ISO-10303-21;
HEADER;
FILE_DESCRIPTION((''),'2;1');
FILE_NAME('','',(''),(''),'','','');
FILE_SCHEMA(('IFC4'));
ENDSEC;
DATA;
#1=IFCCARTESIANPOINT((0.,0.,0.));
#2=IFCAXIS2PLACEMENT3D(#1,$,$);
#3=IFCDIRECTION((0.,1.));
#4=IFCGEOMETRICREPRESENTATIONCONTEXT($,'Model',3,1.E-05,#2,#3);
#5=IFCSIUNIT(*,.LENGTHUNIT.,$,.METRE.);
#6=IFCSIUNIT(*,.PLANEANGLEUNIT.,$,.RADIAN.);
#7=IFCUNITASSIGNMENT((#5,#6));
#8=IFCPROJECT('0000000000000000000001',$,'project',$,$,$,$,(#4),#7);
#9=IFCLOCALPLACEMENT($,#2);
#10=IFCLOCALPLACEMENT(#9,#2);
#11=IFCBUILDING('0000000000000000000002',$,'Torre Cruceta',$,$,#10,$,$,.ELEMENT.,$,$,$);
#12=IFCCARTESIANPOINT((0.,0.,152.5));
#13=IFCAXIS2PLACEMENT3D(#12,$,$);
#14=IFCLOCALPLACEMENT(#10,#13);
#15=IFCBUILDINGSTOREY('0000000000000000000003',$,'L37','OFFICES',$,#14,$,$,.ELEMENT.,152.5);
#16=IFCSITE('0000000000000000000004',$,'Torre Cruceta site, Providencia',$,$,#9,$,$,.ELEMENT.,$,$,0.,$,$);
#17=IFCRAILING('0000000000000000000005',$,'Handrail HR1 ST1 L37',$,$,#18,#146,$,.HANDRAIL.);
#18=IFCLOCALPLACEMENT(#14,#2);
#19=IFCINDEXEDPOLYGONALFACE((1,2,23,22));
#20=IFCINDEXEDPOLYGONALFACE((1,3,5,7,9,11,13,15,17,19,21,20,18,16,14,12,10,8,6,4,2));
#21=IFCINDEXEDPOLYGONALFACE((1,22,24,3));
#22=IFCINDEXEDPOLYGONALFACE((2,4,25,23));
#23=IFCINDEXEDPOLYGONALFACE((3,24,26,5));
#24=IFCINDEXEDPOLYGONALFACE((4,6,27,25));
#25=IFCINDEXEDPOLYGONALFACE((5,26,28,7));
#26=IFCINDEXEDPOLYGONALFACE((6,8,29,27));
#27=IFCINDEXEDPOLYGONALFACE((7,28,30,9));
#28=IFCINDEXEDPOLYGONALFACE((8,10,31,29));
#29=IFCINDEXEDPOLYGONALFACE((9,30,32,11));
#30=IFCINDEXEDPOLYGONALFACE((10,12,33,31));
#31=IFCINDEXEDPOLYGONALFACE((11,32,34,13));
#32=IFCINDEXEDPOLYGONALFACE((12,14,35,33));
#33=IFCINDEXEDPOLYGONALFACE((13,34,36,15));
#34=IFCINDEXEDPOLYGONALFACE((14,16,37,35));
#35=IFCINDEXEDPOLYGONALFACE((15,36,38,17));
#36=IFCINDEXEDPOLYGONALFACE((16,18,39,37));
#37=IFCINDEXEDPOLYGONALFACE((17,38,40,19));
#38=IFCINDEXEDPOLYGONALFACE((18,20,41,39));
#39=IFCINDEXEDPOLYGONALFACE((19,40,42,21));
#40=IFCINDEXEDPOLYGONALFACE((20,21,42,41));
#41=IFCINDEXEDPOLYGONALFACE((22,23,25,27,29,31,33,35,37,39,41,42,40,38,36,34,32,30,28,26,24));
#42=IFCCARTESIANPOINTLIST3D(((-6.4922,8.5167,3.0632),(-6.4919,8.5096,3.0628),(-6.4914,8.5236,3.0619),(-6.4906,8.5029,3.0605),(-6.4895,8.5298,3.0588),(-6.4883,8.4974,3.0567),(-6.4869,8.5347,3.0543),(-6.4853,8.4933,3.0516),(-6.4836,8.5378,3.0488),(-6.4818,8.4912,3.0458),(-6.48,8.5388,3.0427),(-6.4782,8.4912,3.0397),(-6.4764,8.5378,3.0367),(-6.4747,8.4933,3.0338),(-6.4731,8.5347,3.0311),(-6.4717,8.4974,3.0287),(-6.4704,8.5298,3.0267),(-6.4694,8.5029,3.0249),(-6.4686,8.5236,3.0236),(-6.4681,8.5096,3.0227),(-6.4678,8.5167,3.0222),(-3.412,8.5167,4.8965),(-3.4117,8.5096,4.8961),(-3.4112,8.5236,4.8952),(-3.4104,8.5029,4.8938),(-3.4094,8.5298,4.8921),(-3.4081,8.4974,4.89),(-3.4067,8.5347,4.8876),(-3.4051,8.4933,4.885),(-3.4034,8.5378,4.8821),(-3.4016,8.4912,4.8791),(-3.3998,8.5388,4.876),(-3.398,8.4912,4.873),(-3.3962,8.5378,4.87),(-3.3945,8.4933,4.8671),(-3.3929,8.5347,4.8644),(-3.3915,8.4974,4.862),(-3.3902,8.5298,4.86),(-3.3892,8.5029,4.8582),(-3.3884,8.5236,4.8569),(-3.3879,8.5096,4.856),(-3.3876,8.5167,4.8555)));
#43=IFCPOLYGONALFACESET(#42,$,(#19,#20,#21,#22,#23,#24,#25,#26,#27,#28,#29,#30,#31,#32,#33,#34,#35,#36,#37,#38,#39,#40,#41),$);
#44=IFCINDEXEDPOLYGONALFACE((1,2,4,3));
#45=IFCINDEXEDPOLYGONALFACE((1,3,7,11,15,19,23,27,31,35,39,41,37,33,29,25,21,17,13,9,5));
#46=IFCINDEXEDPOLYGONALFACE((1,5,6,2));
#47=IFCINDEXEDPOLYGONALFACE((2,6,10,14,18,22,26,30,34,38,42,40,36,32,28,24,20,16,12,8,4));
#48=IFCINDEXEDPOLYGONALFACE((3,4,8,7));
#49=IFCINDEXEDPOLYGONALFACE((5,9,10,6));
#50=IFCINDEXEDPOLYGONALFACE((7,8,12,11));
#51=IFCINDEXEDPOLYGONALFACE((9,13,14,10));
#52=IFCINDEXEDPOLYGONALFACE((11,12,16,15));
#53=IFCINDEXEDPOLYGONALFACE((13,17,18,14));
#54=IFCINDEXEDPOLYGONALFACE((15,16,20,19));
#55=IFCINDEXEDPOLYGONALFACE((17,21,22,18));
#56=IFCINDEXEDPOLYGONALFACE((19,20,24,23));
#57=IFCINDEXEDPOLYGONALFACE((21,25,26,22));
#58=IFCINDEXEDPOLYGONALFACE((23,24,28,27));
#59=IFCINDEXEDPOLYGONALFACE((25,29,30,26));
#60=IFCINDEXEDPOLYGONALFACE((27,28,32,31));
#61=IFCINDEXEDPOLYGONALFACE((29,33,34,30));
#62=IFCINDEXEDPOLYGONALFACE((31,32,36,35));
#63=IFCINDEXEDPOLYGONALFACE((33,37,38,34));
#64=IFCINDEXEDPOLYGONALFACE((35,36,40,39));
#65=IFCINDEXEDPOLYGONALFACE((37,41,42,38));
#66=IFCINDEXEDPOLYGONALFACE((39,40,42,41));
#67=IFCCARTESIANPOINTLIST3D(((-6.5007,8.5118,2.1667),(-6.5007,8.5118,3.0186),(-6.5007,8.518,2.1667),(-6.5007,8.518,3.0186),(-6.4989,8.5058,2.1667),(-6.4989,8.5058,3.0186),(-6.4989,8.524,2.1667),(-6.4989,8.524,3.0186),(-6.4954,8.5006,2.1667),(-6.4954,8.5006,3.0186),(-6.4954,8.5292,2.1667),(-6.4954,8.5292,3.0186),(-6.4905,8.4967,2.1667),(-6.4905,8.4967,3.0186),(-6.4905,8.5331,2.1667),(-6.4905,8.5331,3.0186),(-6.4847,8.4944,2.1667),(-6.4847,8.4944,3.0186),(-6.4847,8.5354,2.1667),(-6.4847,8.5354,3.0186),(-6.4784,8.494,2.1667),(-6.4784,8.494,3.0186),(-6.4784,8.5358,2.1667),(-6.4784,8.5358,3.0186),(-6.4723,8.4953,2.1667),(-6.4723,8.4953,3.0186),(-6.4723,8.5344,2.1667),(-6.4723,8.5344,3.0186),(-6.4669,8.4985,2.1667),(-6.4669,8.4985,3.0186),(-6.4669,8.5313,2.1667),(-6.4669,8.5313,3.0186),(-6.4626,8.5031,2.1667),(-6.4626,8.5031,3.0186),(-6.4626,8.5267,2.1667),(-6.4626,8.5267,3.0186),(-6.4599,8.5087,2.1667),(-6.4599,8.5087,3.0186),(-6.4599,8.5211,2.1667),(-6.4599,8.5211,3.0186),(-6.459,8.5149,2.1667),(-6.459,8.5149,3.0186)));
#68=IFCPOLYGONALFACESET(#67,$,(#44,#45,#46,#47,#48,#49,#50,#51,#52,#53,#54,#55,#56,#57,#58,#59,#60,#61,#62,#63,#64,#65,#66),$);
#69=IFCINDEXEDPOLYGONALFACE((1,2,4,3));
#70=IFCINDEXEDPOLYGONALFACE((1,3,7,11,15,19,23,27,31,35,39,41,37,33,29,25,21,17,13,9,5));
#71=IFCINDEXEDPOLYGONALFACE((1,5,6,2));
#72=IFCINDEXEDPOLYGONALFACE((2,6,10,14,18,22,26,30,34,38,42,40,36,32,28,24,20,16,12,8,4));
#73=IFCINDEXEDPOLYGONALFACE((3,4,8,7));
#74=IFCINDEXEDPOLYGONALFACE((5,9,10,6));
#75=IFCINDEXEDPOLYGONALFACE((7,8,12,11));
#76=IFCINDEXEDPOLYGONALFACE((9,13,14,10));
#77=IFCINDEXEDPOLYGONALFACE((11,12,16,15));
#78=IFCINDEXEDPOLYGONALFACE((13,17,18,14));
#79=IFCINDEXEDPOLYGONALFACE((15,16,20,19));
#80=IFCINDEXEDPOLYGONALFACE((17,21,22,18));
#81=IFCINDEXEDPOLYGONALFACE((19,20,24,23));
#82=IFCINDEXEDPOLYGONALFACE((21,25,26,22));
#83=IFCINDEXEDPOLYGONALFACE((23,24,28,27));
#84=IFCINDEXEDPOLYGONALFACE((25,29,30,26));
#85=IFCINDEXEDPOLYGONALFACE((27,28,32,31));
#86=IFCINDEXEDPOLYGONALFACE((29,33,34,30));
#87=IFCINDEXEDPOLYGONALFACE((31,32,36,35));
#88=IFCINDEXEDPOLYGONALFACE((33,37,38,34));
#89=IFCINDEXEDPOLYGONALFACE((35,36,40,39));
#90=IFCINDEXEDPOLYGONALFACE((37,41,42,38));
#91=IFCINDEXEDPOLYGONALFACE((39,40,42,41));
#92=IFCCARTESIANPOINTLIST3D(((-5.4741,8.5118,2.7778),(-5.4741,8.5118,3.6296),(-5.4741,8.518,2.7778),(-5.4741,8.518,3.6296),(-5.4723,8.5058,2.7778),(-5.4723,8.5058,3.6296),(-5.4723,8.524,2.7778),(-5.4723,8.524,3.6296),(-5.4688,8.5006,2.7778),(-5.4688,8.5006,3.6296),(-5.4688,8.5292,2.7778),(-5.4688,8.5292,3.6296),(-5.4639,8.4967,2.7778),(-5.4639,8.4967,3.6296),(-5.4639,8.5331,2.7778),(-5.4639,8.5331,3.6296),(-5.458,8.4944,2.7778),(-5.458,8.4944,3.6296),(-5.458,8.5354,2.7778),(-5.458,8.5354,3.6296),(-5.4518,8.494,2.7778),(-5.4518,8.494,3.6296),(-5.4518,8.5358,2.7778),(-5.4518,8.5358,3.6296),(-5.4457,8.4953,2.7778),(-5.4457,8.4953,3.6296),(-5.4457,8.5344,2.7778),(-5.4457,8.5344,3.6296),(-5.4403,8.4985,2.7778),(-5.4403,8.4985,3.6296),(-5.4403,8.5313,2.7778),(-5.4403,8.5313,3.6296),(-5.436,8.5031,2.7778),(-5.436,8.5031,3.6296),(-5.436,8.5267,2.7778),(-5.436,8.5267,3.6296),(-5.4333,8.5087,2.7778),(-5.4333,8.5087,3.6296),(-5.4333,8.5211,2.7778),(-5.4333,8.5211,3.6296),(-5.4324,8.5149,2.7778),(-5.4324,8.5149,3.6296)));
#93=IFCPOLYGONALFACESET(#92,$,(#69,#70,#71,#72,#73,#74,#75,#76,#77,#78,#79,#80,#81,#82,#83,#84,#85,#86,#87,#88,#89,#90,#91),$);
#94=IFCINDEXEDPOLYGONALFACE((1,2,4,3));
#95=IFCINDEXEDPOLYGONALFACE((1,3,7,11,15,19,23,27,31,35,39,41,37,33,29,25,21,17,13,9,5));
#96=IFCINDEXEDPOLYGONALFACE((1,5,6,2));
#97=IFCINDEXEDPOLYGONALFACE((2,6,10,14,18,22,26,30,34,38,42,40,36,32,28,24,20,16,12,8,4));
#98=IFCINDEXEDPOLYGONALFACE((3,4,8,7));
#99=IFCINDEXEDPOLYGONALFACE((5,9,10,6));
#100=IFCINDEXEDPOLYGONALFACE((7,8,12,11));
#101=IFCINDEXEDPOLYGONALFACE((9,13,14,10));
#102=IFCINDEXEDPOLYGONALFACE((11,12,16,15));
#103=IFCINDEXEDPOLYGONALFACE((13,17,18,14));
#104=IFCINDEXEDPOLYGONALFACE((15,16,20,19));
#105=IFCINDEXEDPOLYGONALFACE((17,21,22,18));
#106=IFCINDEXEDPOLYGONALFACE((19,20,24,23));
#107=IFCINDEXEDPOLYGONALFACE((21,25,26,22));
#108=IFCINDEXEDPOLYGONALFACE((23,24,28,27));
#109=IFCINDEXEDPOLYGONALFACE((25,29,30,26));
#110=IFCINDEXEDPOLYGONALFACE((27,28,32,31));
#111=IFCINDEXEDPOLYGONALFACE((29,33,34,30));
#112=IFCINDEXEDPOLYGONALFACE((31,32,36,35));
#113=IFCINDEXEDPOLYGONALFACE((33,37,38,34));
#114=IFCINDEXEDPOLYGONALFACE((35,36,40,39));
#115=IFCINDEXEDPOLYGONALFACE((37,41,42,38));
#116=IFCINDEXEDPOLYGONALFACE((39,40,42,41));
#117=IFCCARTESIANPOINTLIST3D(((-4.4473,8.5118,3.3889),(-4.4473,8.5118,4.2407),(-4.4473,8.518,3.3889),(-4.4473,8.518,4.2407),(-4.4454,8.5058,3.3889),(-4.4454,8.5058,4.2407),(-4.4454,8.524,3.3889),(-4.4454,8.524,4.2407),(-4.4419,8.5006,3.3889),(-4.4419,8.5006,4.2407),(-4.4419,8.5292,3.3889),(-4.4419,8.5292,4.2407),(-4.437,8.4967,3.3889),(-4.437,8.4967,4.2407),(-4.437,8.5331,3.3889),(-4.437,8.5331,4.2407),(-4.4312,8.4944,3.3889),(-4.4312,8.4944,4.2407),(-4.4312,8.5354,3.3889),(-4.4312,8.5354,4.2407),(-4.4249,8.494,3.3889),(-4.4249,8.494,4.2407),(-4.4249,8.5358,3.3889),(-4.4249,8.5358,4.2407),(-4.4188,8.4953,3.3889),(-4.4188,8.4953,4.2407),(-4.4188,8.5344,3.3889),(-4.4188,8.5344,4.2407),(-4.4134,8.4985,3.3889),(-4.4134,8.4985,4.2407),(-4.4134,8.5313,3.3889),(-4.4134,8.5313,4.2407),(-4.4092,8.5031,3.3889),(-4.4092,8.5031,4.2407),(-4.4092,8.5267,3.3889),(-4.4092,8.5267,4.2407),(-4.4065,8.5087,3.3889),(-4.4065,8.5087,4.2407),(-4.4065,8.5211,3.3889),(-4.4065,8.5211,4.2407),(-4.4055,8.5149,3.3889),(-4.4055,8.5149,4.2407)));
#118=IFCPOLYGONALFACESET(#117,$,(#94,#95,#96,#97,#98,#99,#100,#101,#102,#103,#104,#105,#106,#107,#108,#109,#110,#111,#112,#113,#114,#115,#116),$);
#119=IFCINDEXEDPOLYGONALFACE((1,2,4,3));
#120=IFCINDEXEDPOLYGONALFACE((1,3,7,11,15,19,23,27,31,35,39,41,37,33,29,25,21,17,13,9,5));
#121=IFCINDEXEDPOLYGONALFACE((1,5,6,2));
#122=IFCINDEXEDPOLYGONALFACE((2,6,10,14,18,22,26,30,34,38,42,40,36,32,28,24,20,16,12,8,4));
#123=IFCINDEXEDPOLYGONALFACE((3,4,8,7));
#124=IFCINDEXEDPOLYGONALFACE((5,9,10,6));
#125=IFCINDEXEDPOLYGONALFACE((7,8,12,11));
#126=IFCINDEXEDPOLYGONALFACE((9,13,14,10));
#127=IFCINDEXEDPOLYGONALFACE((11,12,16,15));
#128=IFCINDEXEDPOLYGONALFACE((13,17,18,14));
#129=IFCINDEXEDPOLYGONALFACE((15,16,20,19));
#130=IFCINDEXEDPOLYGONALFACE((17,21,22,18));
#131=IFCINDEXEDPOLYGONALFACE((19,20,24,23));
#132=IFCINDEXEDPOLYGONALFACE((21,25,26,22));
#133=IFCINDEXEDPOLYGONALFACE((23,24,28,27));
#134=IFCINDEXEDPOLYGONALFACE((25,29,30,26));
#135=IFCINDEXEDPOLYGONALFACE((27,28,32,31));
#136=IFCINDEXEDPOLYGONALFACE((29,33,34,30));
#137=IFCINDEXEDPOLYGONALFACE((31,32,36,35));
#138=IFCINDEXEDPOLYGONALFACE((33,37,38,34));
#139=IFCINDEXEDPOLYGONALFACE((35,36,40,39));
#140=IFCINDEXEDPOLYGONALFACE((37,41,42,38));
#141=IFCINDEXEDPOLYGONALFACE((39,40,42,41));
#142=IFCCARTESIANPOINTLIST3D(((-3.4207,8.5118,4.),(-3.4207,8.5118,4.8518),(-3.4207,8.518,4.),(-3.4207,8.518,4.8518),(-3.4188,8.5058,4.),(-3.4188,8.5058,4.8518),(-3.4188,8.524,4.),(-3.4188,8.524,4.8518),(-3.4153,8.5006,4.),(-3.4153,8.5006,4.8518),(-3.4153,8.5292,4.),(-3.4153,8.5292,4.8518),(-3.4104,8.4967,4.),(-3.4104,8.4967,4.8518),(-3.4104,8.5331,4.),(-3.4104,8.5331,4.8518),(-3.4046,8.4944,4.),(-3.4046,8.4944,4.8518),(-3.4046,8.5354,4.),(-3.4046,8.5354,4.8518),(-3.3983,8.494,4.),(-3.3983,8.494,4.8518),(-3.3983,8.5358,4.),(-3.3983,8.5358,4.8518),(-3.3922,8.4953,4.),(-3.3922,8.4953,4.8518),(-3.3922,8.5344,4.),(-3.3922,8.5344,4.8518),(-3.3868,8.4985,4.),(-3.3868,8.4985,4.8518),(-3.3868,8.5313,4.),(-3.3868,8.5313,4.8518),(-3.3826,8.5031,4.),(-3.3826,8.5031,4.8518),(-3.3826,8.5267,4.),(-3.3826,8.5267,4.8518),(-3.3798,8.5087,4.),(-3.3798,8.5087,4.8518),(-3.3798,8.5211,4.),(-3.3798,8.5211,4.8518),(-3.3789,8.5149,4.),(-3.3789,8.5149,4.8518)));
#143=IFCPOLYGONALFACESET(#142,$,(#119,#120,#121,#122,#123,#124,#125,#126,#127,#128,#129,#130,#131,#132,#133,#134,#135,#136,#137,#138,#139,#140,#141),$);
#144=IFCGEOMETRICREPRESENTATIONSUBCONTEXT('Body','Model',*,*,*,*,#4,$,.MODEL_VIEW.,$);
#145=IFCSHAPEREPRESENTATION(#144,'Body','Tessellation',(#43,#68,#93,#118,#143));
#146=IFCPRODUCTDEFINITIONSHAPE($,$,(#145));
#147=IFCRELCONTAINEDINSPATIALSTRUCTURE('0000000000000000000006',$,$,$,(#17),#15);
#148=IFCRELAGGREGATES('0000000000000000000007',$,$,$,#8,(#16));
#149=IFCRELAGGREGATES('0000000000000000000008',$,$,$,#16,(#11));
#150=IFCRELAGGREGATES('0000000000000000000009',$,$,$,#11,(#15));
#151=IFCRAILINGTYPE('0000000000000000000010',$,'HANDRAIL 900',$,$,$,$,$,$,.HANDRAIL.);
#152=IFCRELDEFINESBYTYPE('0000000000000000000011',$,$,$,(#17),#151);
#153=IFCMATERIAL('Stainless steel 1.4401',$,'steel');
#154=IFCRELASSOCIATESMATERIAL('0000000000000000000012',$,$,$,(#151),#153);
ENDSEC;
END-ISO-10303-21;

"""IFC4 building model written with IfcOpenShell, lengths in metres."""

from ifc_helpers import new_model, si_unit, direction, frame, origin, origin_2d, place, context, subcontext, project, spatial, circle, extrude, material, type_object, element, save


model = new_model("IFC4")

# Units and contexts
model_context = context("Model", 3, precision=1e-05, world=origin(), true_north=direction((0.0, 1.0)))
body_context = subcontext(model_context, "Body", "Model", "MODEL_VIEW")
ifc_project = project(units=[si_unit("LENGTHUNIT", "METRE"), si_unit("PLANEANGLEUNIT", "RADIAN")], contexts=[model_context])

# Site, building, storey
site_placement = place(None, origin())
site = spatial("IfcSite", under=ifc_project, at=site_placement, Name="Torre Cruceta site, Providencia", CompositionType="ELEMENT", RefElevation=0.0)
building_placement = place(site_placement, origin())
building = spatial("IfcBuilding", under=site, at=building_placement, Name="Torre Cruceta", CompositionType="ELEMENT")
storey_placement = place(building_placement, frame((0.0, 0.0, 152.5)))
storey = spatial("IfcBuildingStorey", under=building, at=storey_placement, Name="L37", Description="OFFICES", CompositionType="ELEMENT", Elevation=152.5)

# Railing
ifc_material_1 = material(Name="Stainless steel 1.4401", Category="steel")
railing_type = type_object("IfcRailingType", Name="HANDRAIL 900", PredefinedType="HANDRAIL", material=ifc_material_1)
railing_placement = place(storey_placement, frame((-6.48, 8.5149, 2.1667)))
element("IfcRailing", 1, at=railing_placement, inside=storey, type_object=railing_type, Name="Handrail HR1 ST1 L37", PredefinedType="HANDRAIL", context=body_context, shape_type="SweptSolid", body=[
    extrude(circle(Radius=0.0239, at=origin_2d()), frame((0.0, 0.0, 0.876), z_axis=(0.859309, 0.0, 0.511458), x_axis=(0.0, 1.0, 0.0)), (0.0, 0.0, 1.0), 3.5845),
    extrude(circle(Radius=0.021, at=origin_2d()), origin(), (0.0, 0.0, 1.0), 0.8518),
    extrude(circle(Radius=0.021, at=origin_2d()), frame((1.0266, 0.0, 0.6111)), (0.0, 0.0, 1.0), 0.8518),
    extrude(circle(Radius=0.021, at=origin_2d()), frame((2.0535, 0.0, 1.2222)), (0.0, 0.0, 1.0), 0.8518),
    extrude(circle(Radius=0.021, at=origin_2d()), frame((3.0801, 0.0, 1.8333)), (0.0, 0.0, 1.0), 0.8518),
])

save(model, "model.ifc")
